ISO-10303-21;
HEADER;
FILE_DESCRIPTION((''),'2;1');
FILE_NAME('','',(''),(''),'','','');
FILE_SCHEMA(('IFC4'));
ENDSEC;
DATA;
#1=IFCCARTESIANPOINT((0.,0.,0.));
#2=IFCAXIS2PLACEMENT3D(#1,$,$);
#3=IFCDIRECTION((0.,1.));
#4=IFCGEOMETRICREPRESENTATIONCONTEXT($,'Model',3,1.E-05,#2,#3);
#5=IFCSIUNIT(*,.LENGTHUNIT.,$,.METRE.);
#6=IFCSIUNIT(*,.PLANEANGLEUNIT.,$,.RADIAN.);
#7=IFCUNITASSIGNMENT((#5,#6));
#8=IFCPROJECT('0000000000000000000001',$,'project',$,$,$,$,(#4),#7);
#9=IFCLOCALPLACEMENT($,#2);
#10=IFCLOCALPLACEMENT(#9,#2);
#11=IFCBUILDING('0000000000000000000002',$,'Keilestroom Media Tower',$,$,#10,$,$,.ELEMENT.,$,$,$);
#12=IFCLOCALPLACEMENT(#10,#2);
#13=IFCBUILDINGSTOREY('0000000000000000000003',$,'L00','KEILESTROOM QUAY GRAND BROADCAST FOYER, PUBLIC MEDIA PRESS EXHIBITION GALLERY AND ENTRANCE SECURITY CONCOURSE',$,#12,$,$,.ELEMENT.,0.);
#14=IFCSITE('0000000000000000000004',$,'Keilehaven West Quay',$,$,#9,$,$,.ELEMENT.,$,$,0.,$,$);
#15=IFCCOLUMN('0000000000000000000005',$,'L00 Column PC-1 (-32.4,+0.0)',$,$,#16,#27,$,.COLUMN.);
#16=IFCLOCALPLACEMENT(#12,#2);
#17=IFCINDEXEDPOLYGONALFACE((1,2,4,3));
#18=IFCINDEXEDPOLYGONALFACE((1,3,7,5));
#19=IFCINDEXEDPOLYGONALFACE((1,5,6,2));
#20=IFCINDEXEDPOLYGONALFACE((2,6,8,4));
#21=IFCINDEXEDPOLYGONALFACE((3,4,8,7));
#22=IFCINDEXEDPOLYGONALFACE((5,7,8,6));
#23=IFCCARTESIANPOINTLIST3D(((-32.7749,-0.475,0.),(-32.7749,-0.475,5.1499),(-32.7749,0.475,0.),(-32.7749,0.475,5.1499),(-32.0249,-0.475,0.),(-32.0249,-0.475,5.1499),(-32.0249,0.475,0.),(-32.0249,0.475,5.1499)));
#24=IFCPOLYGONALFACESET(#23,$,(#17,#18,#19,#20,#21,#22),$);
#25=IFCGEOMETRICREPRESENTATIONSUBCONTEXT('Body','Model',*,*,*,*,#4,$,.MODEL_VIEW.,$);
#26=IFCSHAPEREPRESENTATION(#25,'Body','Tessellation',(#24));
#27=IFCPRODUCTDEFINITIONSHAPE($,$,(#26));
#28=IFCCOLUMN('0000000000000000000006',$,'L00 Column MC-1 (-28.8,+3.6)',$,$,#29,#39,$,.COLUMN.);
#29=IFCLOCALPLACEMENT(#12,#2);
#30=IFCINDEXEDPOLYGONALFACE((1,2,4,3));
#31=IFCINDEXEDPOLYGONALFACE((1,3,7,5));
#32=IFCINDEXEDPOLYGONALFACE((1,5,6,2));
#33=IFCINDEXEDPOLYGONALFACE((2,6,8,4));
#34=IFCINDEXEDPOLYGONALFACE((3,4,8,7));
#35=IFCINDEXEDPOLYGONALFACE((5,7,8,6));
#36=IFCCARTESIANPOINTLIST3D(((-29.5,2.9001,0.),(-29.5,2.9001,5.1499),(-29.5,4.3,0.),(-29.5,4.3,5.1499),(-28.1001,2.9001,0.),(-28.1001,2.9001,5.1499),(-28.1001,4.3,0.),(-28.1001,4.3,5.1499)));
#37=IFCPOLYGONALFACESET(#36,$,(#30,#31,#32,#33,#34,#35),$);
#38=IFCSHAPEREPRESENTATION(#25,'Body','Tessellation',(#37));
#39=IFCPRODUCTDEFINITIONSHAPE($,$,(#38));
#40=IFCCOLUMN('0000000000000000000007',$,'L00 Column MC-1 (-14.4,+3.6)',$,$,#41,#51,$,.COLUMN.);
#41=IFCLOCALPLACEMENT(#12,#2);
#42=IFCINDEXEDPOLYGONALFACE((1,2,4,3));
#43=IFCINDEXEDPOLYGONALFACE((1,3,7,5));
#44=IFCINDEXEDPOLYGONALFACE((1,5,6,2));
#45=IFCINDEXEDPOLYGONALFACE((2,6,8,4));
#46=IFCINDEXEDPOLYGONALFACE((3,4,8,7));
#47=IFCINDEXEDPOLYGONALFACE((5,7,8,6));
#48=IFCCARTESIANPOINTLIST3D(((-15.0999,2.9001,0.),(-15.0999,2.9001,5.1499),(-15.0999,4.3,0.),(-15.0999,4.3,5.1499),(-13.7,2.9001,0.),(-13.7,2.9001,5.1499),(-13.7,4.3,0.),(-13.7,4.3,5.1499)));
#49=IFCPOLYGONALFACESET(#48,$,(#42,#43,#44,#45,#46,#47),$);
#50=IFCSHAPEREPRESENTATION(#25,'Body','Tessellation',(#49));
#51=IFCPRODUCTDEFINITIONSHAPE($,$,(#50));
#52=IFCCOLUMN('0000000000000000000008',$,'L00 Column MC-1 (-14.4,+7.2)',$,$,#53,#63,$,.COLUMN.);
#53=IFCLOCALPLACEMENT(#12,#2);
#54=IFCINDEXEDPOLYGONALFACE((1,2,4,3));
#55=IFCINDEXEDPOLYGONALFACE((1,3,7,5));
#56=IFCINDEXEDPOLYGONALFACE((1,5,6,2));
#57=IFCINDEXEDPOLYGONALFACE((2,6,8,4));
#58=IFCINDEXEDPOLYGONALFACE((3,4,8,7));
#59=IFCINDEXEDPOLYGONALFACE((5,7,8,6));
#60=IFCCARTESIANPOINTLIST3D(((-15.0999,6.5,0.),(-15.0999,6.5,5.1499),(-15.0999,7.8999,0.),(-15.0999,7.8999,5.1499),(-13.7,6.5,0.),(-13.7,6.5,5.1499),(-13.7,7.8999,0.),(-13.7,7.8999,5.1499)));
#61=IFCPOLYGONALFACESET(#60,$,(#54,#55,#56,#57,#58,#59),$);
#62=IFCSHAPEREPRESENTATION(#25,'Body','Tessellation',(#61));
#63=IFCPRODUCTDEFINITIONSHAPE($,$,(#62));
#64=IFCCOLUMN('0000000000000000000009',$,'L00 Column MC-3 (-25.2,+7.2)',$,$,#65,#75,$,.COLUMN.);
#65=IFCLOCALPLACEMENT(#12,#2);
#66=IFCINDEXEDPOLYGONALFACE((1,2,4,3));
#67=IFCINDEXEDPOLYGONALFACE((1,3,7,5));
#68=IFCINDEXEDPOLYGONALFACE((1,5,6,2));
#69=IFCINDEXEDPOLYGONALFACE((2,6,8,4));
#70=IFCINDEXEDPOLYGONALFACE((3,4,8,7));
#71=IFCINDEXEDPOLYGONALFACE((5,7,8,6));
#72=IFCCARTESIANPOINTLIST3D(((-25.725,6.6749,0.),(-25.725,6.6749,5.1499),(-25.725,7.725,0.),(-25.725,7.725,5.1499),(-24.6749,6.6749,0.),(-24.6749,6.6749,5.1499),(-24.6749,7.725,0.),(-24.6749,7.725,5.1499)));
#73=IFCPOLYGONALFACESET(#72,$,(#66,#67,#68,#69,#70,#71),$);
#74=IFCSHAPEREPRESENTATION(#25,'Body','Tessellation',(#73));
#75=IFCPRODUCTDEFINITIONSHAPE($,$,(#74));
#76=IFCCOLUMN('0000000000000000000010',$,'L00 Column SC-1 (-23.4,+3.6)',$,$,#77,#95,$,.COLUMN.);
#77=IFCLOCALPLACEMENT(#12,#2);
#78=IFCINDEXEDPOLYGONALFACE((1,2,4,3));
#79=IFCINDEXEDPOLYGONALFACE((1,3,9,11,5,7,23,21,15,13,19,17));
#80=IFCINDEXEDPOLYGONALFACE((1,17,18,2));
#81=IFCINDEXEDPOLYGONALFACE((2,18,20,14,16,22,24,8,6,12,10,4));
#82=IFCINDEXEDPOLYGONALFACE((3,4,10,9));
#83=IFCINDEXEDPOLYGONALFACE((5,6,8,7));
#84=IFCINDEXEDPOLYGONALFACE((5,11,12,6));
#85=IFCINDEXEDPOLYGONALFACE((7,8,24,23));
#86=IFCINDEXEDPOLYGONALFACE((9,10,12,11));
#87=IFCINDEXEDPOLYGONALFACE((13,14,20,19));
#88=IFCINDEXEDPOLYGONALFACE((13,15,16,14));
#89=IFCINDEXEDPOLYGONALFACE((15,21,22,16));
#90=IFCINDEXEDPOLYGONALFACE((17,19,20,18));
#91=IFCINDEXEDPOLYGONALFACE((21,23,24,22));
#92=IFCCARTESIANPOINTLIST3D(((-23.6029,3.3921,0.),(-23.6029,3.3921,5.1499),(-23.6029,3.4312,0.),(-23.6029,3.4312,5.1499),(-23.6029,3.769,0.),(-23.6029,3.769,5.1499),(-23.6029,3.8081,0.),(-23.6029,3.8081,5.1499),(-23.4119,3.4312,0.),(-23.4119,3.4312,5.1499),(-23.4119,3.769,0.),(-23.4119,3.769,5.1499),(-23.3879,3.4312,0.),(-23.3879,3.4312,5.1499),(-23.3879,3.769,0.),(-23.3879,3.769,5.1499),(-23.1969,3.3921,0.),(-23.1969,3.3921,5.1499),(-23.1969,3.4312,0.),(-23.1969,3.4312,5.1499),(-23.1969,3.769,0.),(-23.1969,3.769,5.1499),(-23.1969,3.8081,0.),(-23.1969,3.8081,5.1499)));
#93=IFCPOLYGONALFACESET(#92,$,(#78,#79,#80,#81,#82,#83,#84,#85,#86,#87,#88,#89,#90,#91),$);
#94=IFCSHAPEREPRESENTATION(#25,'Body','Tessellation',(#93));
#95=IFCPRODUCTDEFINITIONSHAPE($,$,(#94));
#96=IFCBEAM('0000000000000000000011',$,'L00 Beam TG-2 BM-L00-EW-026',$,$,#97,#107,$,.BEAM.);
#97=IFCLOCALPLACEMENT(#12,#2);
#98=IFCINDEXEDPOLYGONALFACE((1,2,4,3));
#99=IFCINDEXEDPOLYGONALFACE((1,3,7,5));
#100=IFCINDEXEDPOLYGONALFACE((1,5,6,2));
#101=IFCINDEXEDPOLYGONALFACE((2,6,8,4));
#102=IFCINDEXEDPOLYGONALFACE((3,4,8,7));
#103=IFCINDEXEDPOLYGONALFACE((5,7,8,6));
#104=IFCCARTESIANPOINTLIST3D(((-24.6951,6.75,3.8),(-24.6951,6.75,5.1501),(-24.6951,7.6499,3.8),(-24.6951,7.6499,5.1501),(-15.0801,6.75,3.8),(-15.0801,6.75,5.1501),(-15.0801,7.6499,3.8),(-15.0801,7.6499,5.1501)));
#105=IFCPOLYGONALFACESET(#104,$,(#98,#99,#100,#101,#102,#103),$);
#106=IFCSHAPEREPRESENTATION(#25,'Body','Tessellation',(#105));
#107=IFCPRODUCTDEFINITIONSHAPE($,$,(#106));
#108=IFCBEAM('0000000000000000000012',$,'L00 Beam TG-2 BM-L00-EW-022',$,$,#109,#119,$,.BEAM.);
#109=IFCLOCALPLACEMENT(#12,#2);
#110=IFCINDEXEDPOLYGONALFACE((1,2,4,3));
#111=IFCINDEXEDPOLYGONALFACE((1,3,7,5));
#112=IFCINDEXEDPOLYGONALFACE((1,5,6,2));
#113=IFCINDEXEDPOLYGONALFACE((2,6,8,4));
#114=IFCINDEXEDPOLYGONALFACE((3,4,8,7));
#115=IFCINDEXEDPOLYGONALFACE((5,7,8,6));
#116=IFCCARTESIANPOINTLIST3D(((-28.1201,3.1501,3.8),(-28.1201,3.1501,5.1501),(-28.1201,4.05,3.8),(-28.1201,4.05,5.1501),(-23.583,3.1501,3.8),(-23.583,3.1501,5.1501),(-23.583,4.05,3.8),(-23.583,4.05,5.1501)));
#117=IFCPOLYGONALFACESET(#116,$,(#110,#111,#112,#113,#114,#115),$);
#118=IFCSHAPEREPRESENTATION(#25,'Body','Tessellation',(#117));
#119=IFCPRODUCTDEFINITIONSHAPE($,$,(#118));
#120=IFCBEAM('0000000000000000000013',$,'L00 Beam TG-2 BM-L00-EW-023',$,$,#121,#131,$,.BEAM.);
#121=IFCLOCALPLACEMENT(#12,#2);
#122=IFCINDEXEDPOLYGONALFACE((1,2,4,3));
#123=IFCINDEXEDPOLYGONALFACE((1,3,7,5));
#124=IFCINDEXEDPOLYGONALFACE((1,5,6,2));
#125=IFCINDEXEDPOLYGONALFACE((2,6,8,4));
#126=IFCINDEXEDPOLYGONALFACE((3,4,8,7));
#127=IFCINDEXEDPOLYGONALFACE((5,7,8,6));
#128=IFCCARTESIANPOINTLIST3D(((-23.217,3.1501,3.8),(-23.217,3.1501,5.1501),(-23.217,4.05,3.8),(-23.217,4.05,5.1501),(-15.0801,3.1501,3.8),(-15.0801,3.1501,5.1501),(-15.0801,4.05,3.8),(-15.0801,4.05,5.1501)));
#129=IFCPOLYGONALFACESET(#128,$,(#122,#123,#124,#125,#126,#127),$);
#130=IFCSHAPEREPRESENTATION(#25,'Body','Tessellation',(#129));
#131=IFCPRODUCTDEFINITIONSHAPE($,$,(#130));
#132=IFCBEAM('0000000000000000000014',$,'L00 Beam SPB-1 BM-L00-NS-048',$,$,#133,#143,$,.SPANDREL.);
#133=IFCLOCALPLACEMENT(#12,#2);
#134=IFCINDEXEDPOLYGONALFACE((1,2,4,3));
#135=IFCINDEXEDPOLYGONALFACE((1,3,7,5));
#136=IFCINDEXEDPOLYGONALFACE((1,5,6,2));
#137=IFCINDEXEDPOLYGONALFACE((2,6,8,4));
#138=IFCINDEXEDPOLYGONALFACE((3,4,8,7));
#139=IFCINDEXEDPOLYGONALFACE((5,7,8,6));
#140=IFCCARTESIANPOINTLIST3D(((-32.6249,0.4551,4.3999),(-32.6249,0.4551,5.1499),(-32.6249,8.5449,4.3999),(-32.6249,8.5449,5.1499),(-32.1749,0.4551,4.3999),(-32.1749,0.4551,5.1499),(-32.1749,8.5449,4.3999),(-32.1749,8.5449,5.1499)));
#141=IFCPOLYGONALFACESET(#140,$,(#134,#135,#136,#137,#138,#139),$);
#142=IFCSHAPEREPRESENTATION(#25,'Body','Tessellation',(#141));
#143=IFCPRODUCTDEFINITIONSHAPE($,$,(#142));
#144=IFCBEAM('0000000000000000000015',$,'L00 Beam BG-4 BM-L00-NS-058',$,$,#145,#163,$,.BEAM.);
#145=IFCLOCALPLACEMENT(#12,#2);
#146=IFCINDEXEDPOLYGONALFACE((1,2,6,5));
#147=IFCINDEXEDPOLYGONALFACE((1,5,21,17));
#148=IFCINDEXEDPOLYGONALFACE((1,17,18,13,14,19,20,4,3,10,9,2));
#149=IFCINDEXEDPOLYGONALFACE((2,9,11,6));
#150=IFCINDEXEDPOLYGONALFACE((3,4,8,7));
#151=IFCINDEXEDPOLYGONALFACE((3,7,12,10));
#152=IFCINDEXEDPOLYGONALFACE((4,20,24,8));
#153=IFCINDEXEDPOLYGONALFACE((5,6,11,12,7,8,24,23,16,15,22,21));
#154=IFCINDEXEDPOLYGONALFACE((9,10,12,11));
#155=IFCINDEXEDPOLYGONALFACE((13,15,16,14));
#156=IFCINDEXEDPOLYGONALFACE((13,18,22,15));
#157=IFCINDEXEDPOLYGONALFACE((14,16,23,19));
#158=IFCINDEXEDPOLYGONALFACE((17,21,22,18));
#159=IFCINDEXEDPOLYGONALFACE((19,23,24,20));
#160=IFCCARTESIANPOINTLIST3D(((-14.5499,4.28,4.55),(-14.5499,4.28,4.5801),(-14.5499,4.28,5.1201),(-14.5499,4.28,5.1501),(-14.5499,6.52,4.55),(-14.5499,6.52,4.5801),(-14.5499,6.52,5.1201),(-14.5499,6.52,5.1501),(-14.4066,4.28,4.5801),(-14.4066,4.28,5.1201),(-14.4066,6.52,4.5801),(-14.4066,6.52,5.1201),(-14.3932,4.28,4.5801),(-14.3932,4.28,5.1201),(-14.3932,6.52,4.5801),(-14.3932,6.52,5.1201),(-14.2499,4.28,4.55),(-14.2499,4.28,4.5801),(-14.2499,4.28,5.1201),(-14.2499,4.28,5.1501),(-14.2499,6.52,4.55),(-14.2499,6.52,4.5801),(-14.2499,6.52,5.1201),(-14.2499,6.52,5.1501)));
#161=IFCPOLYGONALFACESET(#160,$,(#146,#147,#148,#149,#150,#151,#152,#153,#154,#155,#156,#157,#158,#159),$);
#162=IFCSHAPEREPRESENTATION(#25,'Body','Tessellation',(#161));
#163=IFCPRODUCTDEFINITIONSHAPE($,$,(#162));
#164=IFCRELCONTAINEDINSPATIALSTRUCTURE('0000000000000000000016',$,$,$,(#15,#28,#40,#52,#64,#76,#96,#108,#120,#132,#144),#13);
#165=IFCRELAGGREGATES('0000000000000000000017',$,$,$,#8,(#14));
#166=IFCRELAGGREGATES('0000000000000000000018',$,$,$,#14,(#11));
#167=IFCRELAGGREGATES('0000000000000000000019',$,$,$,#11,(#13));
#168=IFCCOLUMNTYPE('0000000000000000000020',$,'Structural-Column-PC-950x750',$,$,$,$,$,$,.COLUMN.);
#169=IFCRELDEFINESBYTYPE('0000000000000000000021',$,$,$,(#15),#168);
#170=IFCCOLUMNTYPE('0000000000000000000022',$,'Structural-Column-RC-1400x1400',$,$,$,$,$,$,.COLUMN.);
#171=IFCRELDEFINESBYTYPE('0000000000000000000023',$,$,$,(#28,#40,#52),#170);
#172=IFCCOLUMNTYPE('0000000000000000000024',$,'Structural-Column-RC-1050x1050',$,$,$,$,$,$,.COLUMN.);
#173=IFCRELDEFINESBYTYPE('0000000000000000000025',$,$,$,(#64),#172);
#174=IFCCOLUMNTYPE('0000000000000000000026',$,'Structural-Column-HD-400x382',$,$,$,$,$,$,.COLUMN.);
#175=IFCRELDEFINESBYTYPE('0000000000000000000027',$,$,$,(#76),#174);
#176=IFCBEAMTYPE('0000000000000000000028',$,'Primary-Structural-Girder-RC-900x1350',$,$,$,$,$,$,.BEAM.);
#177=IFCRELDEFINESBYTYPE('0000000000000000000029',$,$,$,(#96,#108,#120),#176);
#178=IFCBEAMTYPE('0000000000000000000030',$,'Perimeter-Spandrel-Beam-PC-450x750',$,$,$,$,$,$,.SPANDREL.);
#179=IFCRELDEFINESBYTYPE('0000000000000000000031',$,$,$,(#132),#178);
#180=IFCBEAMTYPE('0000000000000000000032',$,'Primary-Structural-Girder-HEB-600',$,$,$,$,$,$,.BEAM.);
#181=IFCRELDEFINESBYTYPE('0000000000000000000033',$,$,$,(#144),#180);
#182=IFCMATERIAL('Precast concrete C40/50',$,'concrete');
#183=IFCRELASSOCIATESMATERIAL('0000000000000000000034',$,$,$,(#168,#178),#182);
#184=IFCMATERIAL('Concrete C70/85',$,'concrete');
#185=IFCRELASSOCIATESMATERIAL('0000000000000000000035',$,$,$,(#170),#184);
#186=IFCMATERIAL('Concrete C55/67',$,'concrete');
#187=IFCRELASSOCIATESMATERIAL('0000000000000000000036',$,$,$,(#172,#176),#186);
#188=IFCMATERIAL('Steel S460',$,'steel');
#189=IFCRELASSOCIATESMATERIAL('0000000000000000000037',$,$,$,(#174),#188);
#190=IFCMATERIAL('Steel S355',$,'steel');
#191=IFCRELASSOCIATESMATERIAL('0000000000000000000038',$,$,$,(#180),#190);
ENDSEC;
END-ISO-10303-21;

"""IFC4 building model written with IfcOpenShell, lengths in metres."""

from ifc_helpers import new_model, si_unit, direction, frame, origin, origin_2d, place, context, subcontext, project, spatial, rectangle, i_section, extrude, source, transform, mapped, material, material_profile, profile_set, type_object, element, save


model = new_model("IFC4")

# Units and contexts
model_context = context("Model", 3, precision=1e-05, world=origin(), true_north=direction((0.0, 1.0)))
body_context = subcontext(model_context, "Body", "Model", "MODEL_VIEW")
ifc_project = project(units=[si_unit("LENGTHUNIT", "METRE"), si_unit("PLANEANGLEUNIT", "RADIAN")], contexts=[model_context])

# Site, building, storey
site_placement = place(None, origin())
site = spatial("IfcSite", under=ifc_project, at=site_placement, Name="Keilehaven West Quay", CompositionType="ELEMENT", RefElevation=0.0)
building_placement = place(site_placement, origin())
building = spatial("IfcBuilding", under=site, at=building_placement, Name="Keilestroom Media Tower", CompositionType="ELEMENT")
storey_placement = place(building_placement, origin())
storey = spatial("IfcBuildingStorey", under=building, at=storey_placement, Name="L00", Description="KEILESTROOM QUAY GRAND BROADCAST FOYER, PUBLIC MEDIA PRESS EXHIBITION GALLERY AND ENTRANCE SECURITY CONCOURSE", CompositionType="ELEMENT", Elevation=0.0)

# Columns
ifc_material_1 = material(Name="Precast concrete C40/50", Category="concrete")
ifc_material_profile_1 = material_profile(ifc_material_1, rectangle(XDim=0.75, YDim=0.95, at=origin_2d()), Name="PC 950x750")
ifc_profile_set_1 = profile_set([ifc_material_profile_1], Name="Precast concrete C40/50")
column_type_1 = type_object("IfcColumnType", Name="Structural-Column-PC-950x750", PredefinedType="COLUMN", material=ifc_profile_set_1)
shared_shape_1 = source(origin(), body_context, "Body", "SweptSolid", [
    extrude(rectangle(XDim=0.75, YDim=0.95, at=origin_2d()), origin(), (0.0, 0.0, 1.0), 5.1499),
])
column_1_placement = place(storey_placement, frame((-32.3999, 0.0, 0.0), z_axis=(0.0, 0.0, 1.0), x_axis=(1.0, 0.0, 0.0)))
element("IfcColumn", 1, at=column_1_placement, inside=storey, type_object=column_type_1, Name="L00 Column PC-1 (-32.4,+0.0)", PredefinedType="COLUMN", context=body_context, shape_type="MappedRepresentation", body=[
    mapped(shared_shape_1, transform((0.0, 0.0, 0.0), x_axis=(1.0, 0.0, 0.0), y_axis=(0.0, 1.0, 0.0), z_axis=(0.0, 0.0, 1.0), scale=1.0)),
])
ifc_material_2 = material(Name="Concrete C70/85", Category="concrete")
ifc_material_profile_2 = material_profile(ifc_material_2, rectangle(XDim=1.3999, YDim=1.3999, at=origin_2d()), Name="RC 1400x1400")
ifc_profile_set_2 = profile_set([ifc_material_profile_2], Name="Concrete C70/85")
column_type_2 = type_object("IfcColumnType", Name="Structural-Column-RC-1400x1400", PredefinedType="COLUMN", material=ifc_profile_set_2)
shared_shape_2 = source(origin(), body_context, "Body", "SweptSolid", [
    extrude(rectangle(XDim=1.3999, YDim=1.3999, at=origin_2d()), origin(), (0.0, 0.0, 1.0), 5.1499),
])
for number, where, z_axis, x_axis, name in (
    (2, (-28.8, 3.6001, 0.0), (0.0, 0.0, 1.0), (1.0, 0.0, 0.0), "L00 Column MC-1 (-28.8,+3.6)"),
    (3, (-14.3999, 3.6001, 0.0), (0.0, 0.0, 1.0), (1.0, 0.0, 0.0), "L00 Column MC-1 (-14.4,+3.6)"),
    (4, (-14.3999, 7.2, 0.0), (0.0, 0.0, 1.0), (1.0, 0.0, 0.0), "L00 Column MC-1 (-14.4,+7.2)"),
):
    element("IfcColumn", number, at=place(storey_placement, frame(where, z_axis=z_axis, x_axis=x_axis)), inside=storey, type_object=column_type_2, Name=name, PredefinedType="COLUMN", context=body_context, shape_type="MappedRepresentation", body=[
        mapped(shared_shape_2, transform((0.0, 0.0, 0.0), x_axis=(1.0, 0.0, 0.0), y_axis=(0.0, 1.0, 0.0), z_axis=(0.0, 0.0, 1.0), scale=1.0)),
    ])
ifc_material_3 = material(Name="Concrete C55/67", Category="concrete")
ifc_material_profile_3 = material_profile(ifc_material_3, rectangle(XDim=1.05, YDim=1.05, at=origin_2d()), Name="RC 1050x1050")
ifc_profile_set_3 = profile_set([ifc_material_profile_3], Name="Concrete C55/67")
column_type_3 = type_object("IfcColumnType", Name="Structural-Column-RC-1050x1050", PredefinedType="COLUMN", material=ifc_profile_set_3)
shared_shape_3 = source(origin(), body_context, "Body", "SweptSolid", [
    extrude(rectangle(XDim=1.05, YDim=1.05, at=origin_2d()), origin(), (0.0, 0.0, 1.0), 5.1499),
])
column_2_placement = place(storey_placement, frame((-25.2, 7.2, 0.0), z_axis=(0.0, 0.0, 1.0), x_axis=(1.0, 0.0, 0.0)))
element("IfcColumn", 5, at=column_2_placement, inside=storey, type_object=column_type_3, Name="L00 Column MC-3 (-25.2,+7.2)", PredefinedType="COLUMN", context=body_context, shape_type="MappedRepresentation", body=[
    mapped(shared_shape_3, transform((0.0, 0.0, 0.0), x_axis=(1.0, 0.0, 0.0), y_axis=(0.0, 1.0, 0.0), z_axis=(0.0, 0.0, 1.0), scale=1.0)),
])
ifc_material_4 = material(Name="Steel S460", Category="steel")
ifc_material_profile_4 = material_profile(ifc_material_4, i_section(OverallWidth=0.406, OverallDepth=0.416, WebThickness=0.0239, FlangeThickness=0.0391, at=origin_2d()), Name="HD 400x382")
ifc_profile_set_4 = profile_set([ifc_material_profile_4], Name="Steel S460")
column_type_4 = type_object("IfcColumnType", Name="Structural-Column-HD-400x382", PredefinedType="COLUMN", material=ifc_profile_set_4)
shared_shape_4 = source(origin(), body_context, "Body", "SweptSolid", [
    extrude(i_section(OverallWidth=0.406, OverallDepth=0.416, WebThickness=0.0239, FlangeThickness=0.0391, at=origin_2d()), origin(), (0.0, 0.0, 1.0), 5.1499),
])
column_3_placement = place(storey_placement, frame((-23.3999, 3.6001, 0.0), z_axis=(0.0, 0.0, 1.0), x_axis=(1.0, 0.0, 0.0)))
element("IfcColumn", 6, at=column_3_placement, inside=storey, type_object=column_type_4, Name="L00 Column SC-1 (-23.4,+3.6)", PredefinedType="COLUMN", context=body_context, shape_type="MappedRepresentation", body=[
    mapped(shared_shape_4, transform((0.0, 0.0, 0.0), x_axis=(1.0, 0.0, 0.0), y_axis=(0.0, 1.0, 0.0), z_axis=(0.0, 0.0, 1.0), scale=1.0)),
])

# Beams
ifc_material_profile_5 = material_profile(ifc_material_3, rectangle(XDim=0.8999, YDim=1.3501, at=origin_2d()), Name="RC 900x1350")
ifc_profile_set_5 = profile_set([ifc_material_profile_5], Name="Concrete C55/67")
beam_type_1 = type_object("IfcBeamType", Name="Primary-Structural-Girder-RC-900x1350", PredefinedType="BEAM", material=ifc_profile_set_5)
shared_shape_5 = source(origin(), body_context, "Body", "SweptSolid", [
    extrude(rectangle(XDim=0.8999, YDim=1.3501, at=origin_2d()), origin(), (0.0, 0.0, 1.0), 9.615),
])
beam_1_placement = place(storey_placement, frame((-24.6951, 7.2, 4.4751), z_axis=(1.0, 0.0, 0.0), x_axis=(0.0, 1.0, 0.0)))
element("IfcBeam", 7, at=beam_1_placement, inside=storey, type_object=beam_type_1, Name="L00 Beam TG-2 BM-L00-EW-026", PredefinedType="BEAM", context=body_context, shape_type="MappedRepresentation", body=[
    mapped(shared_shape_5, transform((0.0, 0.0, 0.0), x_axis=(1.0, 0.0, 0.0), y_axis=(0.0, 1.0, 0.0), z_axis=(0.0, 0.0, 1.0), scale=1.0)),
])
shared_shape_6 = source(origin(), body_context, "Body", "SweptSolid", [
    extrude(rectangle(XDim=0.8999, YDim=1.3501, at=origin_2d()), origin(), (0.0, 0.0, 1.0), 4.5371),
])
beam_2_placement = place(storey_placement, frame((-28.1201, 3.6001, 4.4751), z_axis=(1.0, 0.0, 0.0), x_axis=(0.0, 1.0, 0.0)))
element("IfcBeam", 8, at=beam_2_placement, inside=storey, type_object=beam_type_1, Name="L00 Beam TG-2 BM-L00-EW-022", PredefinedType="BEAM", context=body_context, shape_type="MappedRepresentation", body=[
    mapped(shared_shape_6, transform((0.0, 0.0, 0.0), x_axis=(1.0, 0.0, 0.0), y_axis=(0.0, 1.0, 0.0), z_axis=(0.0, 0.0, 1.0), scale=1.0)),
])
shared_shape_7 = source(origin(), body_context, "Body", "SweptSolid", [
    extrude(rectangle(XDim=0.8999, YDim=1.3501, at=origin_2d()), origin(), (0.0, 0.0, 1.0), 8.137),
])
beam_3_placement = place(storey_placement, frame((-23.217, 3.6001, 4.4751), z_axis=(1.0, 0.0, 0.0), x_axis=(0.0, 1.0, 0.0)))
element("IfcBeam", 9, at=beam_3_placement, inside=storey, type_object=beam_type_1, Name="L00 Beam TG-2 BM-L00-EW-023", PredefinedType="BEAM", context=body_context, shape_type="MappedRepresentation", body=[
    mapped(shared_shape_7, transform((0.0, 0.0, 0.0), x_axis=(1.0, 0.0, 0.0), y_axis=(0.0, 1.0, 0.0), z_axis=(0.0, 0.0, 1.0), scale=1.0)),
])
ifc_material_profile_6 = material_profile(ifc_material_1, rectangle(XDim=0.45, YDim=0.75, at=origin_2d()), Name="PC 450x750")
ifc_profile_set_6 = profile_set([ifc_material_profile_6], Name="Precast concrete C40/50")
beam_type_2 = type_object("IfcBeamType", Name="Perimeter-Spandrel-Beam-PC-450x750", PredefinedType="SPANDREL", material=ifc_profile_set_6)
shared_shape_8 = source(origin(), body_context, "Body", "SweptSolid", [
    extrude(rectangle(XDim=0.45, YDim=0.75, at=origin_2d()), origin(), (0.0, 0.0, 1.0), 8.0898),
])
beam_4_placement = place(storey_placement, frame((-32.3999, 0.4551, 4.7749), z_axis=(0.0, 1.0, 0.0), x_axis=(-1.0, 0.0, 0.0)))
element("IfcBeam", 10, at=beam_4_placement, inside=storey, type_object=beam_type_2, Name="L00 Beam SPB-1 BM-L00-NS-048", PredefinedType="SPANDREL", context=body_context, shape_type="MappedRepresentation", body=[
    mapped(shared_shape_8, transform((0.0, 0.0, 0.0), x_axis=(1.0, 0.0, 0.0), y_axis=(0.0, 1.0, 0.0), z_axis=(0.0, 0.0, 1.0), scale=1.0)),
])
ifc_material_5 = material(Name="Steel S355", Category="steel")
ifc_material_profile_7 = material_profile(ifc_material_5, i_section(OverallWidth=0.3, OverallDepth=0.6001, WebThickness=0.0134, FlangeThickness=0.03, at=origin_2d()), Name="HEB 600")
ifc_profile_set_7 = profile_set([ifc_material_profile_7], Name="Steel S355")
beam_type_3 = type_object("IfcBeamType", Name="Primary-Structural-Girder-HEB-600", PredefinedType="BEAM", material=ifc_profile_set_7)
shared_shape_9 = source(origin(), body_context, "Body", "SweptSolid", [
    extrude(i_section(OverallWidth=0.3, OverallDepth=0.6001, WebThickness=0.0134, FlangeThickness=0.03, at=origin_2d()), origin(), (0.0, 0.0, 1.0), 2.24),
])
beam_5_placement = place(storey_placement, frame((-14.3999, 4.28, 4.8501), z_axis=(0.0, 1.0, 0.0), x_axis=(-1.0, 0.0, 0.0)))
element("IfcBeam", 11, at=beam_5_placement, inside=storey, type_object=beam_type_3, Name="L00 Beam BG-4 BM-L00-NS-058", PredefinedType="BEAM", context=body_context, shape_type="MappedRepresentation", body=[
    mapped(shared_shape_9, transform((0.0, 0.0, 0.0), x_axis=(1.0, 0.0, 0.0), y_axis=(0.0, 1.0, 0.0), z_axis=(0.0, 0.0, 1.0), scale=1.0)),
])

save(model, "model.ifc")
